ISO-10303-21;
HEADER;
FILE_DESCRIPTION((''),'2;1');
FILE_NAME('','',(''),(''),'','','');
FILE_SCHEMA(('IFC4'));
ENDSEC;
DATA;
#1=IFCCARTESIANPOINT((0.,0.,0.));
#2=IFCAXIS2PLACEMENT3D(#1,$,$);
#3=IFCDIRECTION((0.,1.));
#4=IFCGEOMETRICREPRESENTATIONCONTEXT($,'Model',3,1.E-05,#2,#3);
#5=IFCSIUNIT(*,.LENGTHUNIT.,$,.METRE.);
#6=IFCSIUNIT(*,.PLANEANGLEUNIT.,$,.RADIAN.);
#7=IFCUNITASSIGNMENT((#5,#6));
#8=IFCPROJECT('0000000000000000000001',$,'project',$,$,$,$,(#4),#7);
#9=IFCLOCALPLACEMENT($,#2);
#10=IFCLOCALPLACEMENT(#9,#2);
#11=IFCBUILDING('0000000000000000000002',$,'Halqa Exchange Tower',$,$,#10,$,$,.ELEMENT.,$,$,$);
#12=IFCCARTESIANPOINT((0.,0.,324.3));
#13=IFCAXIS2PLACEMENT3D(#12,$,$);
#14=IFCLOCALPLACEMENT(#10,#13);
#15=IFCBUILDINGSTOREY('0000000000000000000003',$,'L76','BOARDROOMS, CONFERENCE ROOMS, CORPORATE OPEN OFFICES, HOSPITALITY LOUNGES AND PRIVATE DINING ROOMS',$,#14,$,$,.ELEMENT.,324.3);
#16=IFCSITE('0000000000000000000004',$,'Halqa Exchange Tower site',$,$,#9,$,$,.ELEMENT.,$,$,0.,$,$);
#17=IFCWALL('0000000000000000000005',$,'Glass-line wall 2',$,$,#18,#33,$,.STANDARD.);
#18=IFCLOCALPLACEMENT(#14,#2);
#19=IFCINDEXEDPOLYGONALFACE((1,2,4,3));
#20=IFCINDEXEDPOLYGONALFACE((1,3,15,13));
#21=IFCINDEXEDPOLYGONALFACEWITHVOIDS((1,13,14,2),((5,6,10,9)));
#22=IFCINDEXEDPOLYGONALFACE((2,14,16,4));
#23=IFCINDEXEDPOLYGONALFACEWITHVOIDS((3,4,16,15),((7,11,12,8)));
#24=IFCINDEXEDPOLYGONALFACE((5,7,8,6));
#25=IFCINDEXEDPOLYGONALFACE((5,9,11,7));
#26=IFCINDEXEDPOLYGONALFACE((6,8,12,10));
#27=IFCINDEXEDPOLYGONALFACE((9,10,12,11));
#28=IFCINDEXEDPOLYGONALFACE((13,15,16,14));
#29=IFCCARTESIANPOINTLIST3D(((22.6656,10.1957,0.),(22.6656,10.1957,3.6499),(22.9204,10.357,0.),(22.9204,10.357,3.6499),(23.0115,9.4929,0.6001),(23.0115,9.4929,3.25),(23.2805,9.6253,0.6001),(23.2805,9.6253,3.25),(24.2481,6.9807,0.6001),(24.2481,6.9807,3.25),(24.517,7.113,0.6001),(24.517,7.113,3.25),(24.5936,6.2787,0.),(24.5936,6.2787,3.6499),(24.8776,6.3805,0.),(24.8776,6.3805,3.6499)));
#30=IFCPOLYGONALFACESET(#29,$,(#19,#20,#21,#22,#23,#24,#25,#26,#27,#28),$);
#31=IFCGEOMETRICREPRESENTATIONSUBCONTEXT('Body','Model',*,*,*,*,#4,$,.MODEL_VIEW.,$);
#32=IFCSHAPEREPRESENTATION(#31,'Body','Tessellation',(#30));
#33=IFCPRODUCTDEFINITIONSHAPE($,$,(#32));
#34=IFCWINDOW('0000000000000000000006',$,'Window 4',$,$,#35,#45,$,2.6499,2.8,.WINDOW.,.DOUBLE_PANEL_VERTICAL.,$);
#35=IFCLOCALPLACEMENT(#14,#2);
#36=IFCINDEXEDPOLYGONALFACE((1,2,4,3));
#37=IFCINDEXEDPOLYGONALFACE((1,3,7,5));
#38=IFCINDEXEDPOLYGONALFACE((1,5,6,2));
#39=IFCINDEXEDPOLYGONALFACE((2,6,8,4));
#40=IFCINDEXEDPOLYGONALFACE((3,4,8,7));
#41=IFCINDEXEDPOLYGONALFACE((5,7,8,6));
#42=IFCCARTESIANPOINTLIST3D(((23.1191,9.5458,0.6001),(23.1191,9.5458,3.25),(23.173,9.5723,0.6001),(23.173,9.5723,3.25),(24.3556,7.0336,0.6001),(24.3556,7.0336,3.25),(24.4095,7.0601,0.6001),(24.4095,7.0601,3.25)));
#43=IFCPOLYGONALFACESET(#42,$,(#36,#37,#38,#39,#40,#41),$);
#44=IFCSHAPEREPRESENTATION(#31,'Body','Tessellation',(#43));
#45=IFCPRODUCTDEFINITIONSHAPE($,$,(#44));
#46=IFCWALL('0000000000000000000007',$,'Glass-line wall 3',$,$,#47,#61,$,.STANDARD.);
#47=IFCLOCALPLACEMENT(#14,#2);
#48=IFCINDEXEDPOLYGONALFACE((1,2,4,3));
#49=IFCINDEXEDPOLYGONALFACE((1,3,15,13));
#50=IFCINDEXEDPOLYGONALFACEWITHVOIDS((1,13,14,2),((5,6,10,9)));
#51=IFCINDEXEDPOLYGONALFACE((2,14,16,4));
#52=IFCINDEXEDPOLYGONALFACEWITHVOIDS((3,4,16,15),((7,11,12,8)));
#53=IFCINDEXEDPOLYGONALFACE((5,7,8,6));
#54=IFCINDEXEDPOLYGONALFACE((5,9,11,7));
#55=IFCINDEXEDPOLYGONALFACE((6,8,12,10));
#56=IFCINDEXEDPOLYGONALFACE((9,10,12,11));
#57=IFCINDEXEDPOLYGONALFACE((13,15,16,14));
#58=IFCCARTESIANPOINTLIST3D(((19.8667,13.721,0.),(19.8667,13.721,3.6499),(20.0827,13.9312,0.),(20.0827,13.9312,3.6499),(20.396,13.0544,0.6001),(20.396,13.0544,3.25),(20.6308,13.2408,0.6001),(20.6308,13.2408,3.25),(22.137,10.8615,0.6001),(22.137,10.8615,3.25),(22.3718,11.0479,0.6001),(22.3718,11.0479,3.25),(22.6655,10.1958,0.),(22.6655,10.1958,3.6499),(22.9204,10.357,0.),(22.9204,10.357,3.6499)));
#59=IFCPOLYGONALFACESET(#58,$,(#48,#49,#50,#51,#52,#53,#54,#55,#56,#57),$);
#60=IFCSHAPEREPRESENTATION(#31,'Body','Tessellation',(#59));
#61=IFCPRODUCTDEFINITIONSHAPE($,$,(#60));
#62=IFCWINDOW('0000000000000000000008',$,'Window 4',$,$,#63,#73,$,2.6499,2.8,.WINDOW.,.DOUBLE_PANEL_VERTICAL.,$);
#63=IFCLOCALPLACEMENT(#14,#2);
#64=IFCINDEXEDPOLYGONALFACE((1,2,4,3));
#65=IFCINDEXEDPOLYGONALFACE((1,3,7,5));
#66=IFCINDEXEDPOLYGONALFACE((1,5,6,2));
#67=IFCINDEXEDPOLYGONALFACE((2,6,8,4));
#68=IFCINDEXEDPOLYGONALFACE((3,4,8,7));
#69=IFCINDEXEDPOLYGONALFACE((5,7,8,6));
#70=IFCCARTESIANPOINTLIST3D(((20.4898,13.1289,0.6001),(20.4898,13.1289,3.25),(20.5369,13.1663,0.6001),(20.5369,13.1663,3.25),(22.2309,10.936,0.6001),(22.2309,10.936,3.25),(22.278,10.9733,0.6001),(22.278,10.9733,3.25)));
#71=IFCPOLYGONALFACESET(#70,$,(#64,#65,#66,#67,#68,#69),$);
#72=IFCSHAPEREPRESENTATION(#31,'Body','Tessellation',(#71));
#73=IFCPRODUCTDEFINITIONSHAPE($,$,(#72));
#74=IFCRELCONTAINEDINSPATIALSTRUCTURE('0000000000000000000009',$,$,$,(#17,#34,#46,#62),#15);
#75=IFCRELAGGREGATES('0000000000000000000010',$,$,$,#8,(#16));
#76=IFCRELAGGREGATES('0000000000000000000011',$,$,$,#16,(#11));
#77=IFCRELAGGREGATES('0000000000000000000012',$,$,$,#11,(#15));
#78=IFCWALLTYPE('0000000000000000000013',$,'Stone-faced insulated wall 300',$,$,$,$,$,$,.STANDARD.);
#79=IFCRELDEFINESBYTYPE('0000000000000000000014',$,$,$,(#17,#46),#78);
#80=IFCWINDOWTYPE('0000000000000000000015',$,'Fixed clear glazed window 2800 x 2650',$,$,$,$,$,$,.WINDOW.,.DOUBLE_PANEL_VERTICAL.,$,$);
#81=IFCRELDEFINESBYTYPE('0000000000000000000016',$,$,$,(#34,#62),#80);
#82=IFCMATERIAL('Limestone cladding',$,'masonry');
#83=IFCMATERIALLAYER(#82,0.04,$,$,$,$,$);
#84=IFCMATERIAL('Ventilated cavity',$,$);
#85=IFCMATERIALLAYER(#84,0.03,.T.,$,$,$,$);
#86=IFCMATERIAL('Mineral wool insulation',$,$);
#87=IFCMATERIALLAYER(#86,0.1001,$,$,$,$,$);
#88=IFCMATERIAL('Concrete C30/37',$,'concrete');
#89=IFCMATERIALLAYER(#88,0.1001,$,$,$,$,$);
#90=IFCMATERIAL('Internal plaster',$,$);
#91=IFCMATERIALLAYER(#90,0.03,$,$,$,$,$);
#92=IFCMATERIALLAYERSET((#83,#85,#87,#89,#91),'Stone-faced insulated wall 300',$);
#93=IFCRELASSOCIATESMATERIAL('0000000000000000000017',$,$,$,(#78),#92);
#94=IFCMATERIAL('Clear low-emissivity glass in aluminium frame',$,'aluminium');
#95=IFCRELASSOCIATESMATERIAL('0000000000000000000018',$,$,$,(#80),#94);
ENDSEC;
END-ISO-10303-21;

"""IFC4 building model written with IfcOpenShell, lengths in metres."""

from ifc_helpers import new_model, si_unit, direction, frame, frame_2d, origin, place, context, subcontext, project, spatial, polyline, rectangle, outline, extrude, material, layer, layer_set, type_object, element, fill, save


model = new_model("IFC4")

# Units and contexts
model_context = context("Model", 3, precision=1e-05, world=origin(), true_north=direction((0.0, 1.0)))
body_context = subcontext(model_context, "Body", "Model", "MODEL_VIEW")
ifc_project = project(units=[si_unit("LENGTHUNIT", "METRE"), si_unit("PLANEANGLEUNIT", "RADIAN")], contexts=[model_context])

# Site, building, storey
site_placement = place(None, origin())
site = spatial("IfcSite", under=ifc_project, at=site_placement, Name="Halqa Exchange Tower site", CompositionType="ELEMENT", RefElevation=0.0)
building_placement = place(site_placement, origin())
building = spatial("IfcBuilding", under=site, at=building_placement, Name="Halqa Exchange Tower", CompositionType="ELEMENT")
storey_placement = place(building_placement, frame((0.0, 0.0, 324.3)))
storey = spatial("IfcBuildingStorey", under=building, at=storey_placement, Name="L76", Description="BOARDROOMS, CONFERENCE ROOMS, CORPORATE OPEN OFFICES, HOSPITALITY LOUNGES AND PRIVATE DINING ROOMS", CompositionType="ELEMENT", Elevation=324.3)

# Walls, openings, windows
ifc_material_1 = material(Name="Limestone cladding", Category="masonry")
ifc_layer_1 = layer(ifc_material_1, 0.04)
ifc_material_2 = material(Name="Ventilated cavity")
ifc_layer_2 = layer(ifc_material_2, 0.03, ventilated=True)
ifc_material_3 = material(Name="Mineral wool insulation")
ifc_layer_3 = layer(ifc_material_3, 0.1001)
ifc_material_4 = material(Name="Concrete C30/37", Category="concrete")
ifc_layer_4 = layer(ifc_material_4, 0.1001)
ifc_material_5 = material(Name="Internal plaster")
ifc_layer_5 = layer(ifc_material_5, 0.03)
ifc_layer_set_1 = layer_set([ifc_layer_1, ifc_layer_2, ifc_layer_3, ifc_layer_4, ifc_layer_5], Name="Stone-faced insulated wall 300")
wall_type_1 = type_object("IfcWallType", Name="Stone-faced insulated wall 300", PredefinedType="STANDARD", material=ifc_layer_set_1)
ifc_material_6 = material(Name="Clear low-emissivity glass in aluminium frame", Category="aluminium")
window_type = type_object("IfcWindowType", Name="Fixed clear glazed window 2800 x 2650", PartitioningType="DOUBLE_PANEL_VERTICAL", PredefinedType="WINDOW", material=ifc_material_6)
wall_1_placement = place(storey_placement, frame((24.7356, 6.3296, 0.0), z_axis=(0.0, 0.0, 1.0), x_axis=(-0.44161, 0.897207, 0.0)))
wall_1 = element("IfcWall", 1, at=wall_1_placement, inside=storey, type_object=wall_type_1, Name="Glass-line wall 2", PredefinedType="STANDARD", context=body_context, shape_type="SweptSolid", body=[
    extrude(outline(polyline([(-0.0171, -0.1499), (4.415, -0.1499), (4.3828, 0.1499), (0.0171, 0.1499), (-0.0171, -0.1499)])), origin(), (0.0, 0.0, 1.0), 3.6499),
])
opening_1_placement = place(wall_1_placement, frame((0.7996, 0.0, 0.6001)))
opening_1 = element("IfcOpeningElement", 2, at=opening_1_placement, cuts=wall_1, PredefinedType="OPENING", context=body_context, shape_type="SweptSolid", body=[
    extrude(rectangle(XDim=2.8, YDim=2.6499, at=frame_2d((1.3999, 1.325))), frame((0.0, 0.1621, 0.0), z_axis=(0.0, -1.0, 0.0), x_axis=(1.0, 0.0, 0.0)), (0.0, 0.0, 1.0), 0.324),
])
window_1_placement = place(opening_1_placement, origin())
window_1 = element("IfcWindow", 3, at=window_1_placement, inside=storey, type_object=window_type, Name="Window 4", OverallHeight=2.6499, OverallWidth=2.8, PartitioningType="DOUBLE_PANEL_VERTICAL", PredefinedType="WINDOW", context=body_context, shape_type="SweptSolid", body=[
    extrude(rectangle(XDim=2.8, YDim=2.6499, at=frame_2d((1.3999, 1.325))), frame((0.0, 0.03, 0.0), z_axis=(0.0, -1.0, 0.0), x_axis=(1.0, 0.0, 0.0)), (0.0, 0.0, 1.0), 0.0601),
])
fill(opening_1, window_1)
wall_2_placement = place(storey_placement, frame((22.793, 10.2764, 0.0), z_axis=(0.0, 0.0, 1.0), x_axis=(-0.621801, 0.783176, 0.0)))
wall_2 = element("IfcWall", 4, at=wall_2_placement, inside=storey, type_object=wall_type_1, Name="Glass-line wall 3", PredefinedType="STANDARD", context=body_context, shape_type="SweptSolid", body=[
    extrude(outline(polyline([(-0.0161, -0.1499), (4.5476, -0.1499), (4.5173, 0.1499), (0.0161, 0.1499), (-0.0161, -0.1499)])), origin(), (0.0, 0.0, 1.0), 3.6499),
])
opening_2_placement = place(wall_2_placement, frame((0.8662, 0.0, 0.6001)))
opening_2 = element("IfcOpeningElement", 5, at=opening_2_placement, cuts=wall_2, PredefinedType="OPENING", context=body_context, shape_type="SweptSolid", body=[
    extrude(rectangle(XDim=2.8, YDim=2.6499, at=frame_2d((1.3999, 1.325))), frame((0.0, 0.1621, 0.0), z_axis=(0.0, -1.0, 0.0), x_axis=(1.0, 0.0, 0.0)), (0.0, 0.0, 1.0), 0.324),
])
window_2_placement = place(opening_2_placement, origin())
window_2 = element("IfcWindow", 6, at=window_2_placement, inside=storey, type_object=window_type, Name="Window 4", OverallHeight=2.6499, OverallWidth=2.8, PartitioningType="DOUBLE_PANEL_VERTICAL", PredefinedType="WINDOW", context=body_context, shape_type="SweptSolid", body=[
    extrude(rectangle(XDim=2.8, YDim=2.6499, at=frame_2d((1.3999, 1.325))), frame((0.0, 0.03, 0.0), z_axis=(0.0, -1.0, 0.0), x_axis=(1.0, 0.0, 0.0)), (0.0, 0.0, 1.0), 0.0601),
])
fill(opening_2, window_2)

save(model, "model.ifc")
